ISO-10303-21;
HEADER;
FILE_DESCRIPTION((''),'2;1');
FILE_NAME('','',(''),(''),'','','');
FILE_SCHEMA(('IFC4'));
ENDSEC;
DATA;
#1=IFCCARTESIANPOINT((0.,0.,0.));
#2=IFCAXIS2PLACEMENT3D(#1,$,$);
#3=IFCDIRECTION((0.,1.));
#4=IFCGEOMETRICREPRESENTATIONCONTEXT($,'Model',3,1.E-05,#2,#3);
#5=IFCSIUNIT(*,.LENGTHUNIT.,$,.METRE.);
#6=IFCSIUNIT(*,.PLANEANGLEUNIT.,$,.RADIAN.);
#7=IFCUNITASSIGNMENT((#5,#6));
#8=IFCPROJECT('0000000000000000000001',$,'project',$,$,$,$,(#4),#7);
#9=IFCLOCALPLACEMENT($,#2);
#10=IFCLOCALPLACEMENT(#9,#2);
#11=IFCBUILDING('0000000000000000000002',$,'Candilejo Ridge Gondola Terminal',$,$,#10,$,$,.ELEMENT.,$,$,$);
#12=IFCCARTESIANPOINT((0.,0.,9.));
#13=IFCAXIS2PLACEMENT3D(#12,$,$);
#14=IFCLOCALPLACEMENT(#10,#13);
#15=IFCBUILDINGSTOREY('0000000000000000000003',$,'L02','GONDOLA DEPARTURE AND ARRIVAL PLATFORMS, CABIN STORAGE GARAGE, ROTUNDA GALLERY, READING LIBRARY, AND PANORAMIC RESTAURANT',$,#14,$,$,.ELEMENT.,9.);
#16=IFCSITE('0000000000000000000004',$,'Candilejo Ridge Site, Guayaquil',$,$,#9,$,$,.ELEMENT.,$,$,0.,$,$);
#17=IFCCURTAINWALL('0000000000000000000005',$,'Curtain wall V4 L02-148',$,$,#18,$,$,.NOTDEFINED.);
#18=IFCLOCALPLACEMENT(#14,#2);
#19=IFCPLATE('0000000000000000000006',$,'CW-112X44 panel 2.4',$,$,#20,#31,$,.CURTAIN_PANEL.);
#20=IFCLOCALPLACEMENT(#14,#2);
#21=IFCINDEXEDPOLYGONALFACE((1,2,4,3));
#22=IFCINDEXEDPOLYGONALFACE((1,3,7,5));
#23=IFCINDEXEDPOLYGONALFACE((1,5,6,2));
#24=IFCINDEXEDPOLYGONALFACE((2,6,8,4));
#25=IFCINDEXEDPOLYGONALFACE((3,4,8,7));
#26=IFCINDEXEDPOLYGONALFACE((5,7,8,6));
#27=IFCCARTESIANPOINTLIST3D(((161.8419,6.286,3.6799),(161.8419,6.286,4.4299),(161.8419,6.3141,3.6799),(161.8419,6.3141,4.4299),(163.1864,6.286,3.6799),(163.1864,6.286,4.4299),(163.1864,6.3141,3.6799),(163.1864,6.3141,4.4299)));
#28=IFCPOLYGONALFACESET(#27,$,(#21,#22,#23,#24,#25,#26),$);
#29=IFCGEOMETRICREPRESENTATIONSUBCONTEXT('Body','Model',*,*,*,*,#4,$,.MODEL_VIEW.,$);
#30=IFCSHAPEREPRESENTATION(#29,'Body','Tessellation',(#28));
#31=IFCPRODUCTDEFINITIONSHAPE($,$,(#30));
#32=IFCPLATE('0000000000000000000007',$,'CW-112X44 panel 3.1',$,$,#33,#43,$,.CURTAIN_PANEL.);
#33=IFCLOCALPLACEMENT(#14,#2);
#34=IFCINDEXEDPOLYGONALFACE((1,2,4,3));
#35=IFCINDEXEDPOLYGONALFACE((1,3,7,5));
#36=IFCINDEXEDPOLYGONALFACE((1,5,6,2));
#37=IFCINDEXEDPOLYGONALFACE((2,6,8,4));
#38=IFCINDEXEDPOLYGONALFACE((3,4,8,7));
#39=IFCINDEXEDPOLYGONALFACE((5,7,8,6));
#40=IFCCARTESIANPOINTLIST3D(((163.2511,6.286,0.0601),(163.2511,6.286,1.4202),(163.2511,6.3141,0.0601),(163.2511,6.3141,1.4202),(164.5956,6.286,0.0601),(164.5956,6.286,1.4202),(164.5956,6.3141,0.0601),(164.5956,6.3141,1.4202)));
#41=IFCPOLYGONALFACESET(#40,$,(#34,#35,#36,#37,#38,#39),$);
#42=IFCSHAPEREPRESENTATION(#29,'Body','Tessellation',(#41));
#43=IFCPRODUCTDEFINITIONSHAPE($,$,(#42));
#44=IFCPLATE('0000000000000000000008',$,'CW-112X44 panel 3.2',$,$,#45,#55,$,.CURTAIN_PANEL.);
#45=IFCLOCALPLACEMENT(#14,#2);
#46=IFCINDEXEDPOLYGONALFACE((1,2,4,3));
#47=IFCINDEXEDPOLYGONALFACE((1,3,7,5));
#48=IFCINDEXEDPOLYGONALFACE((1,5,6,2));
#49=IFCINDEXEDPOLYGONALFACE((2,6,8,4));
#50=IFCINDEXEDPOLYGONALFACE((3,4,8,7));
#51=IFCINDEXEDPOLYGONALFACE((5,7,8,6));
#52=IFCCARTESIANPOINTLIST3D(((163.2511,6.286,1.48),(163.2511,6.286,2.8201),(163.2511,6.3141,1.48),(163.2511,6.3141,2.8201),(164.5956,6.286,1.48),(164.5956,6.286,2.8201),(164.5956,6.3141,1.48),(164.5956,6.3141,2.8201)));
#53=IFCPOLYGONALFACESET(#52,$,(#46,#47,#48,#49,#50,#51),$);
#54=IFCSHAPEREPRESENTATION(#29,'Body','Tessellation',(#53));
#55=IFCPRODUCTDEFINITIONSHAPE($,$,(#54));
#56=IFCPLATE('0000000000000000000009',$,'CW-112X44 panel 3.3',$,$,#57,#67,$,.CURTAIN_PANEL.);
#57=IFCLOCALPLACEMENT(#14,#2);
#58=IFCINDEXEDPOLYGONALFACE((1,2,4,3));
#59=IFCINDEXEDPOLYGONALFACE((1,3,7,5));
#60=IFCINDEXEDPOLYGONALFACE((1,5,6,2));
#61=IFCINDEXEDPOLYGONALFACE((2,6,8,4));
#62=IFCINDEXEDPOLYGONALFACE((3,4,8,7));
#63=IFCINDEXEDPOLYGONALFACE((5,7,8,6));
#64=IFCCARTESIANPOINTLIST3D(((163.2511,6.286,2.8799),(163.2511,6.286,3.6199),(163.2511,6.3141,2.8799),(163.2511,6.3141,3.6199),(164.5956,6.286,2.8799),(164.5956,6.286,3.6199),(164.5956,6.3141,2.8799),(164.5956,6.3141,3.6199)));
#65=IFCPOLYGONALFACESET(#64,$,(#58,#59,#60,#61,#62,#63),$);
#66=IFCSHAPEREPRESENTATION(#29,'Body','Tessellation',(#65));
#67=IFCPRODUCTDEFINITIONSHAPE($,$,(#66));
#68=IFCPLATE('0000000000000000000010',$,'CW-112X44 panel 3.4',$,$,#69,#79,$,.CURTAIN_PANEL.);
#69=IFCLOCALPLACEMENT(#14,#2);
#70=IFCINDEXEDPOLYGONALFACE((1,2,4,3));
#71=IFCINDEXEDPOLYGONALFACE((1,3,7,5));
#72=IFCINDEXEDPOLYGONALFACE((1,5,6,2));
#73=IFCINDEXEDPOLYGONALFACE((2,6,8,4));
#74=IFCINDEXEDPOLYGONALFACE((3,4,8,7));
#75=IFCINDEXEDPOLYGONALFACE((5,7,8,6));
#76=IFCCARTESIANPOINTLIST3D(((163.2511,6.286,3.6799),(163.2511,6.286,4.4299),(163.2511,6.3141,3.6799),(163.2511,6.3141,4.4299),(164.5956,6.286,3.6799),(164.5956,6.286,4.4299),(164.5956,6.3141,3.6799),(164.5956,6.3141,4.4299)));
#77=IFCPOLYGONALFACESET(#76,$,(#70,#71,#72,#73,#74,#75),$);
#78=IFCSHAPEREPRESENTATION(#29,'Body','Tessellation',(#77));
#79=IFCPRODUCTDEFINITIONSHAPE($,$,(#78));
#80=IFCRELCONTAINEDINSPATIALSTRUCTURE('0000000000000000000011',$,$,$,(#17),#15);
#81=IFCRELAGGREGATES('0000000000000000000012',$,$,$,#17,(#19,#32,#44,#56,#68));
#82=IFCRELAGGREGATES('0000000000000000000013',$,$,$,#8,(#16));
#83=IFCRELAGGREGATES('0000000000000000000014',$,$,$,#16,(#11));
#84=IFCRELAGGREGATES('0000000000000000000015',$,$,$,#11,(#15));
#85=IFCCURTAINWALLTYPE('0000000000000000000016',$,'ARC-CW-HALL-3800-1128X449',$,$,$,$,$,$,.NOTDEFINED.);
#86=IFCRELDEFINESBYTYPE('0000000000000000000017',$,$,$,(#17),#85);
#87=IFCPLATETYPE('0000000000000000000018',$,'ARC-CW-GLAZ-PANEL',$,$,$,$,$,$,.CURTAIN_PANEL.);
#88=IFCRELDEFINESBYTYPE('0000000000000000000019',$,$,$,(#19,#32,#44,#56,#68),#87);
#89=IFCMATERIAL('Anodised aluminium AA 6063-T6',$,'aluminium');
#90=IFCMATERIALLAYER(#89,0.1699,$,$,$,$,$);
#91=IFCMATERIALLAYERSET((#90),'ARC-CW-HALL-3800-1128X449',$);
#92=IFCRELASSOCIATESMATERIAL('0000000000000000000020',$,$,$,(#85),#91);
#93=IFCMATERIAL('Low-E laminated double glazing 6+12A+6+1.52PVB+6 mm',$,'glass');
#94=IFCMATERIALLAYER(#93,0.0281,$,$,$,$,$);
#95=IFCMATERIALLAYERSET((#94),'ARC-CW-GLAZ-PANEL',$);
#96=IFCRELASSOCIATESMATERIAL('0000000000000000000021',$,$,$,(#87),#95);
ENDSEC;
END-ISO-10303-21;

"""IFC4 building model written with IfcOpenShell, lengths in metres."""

from ifc_helpers import new_model, si_unit, direction, frame, origin, origin_2d, place, context, subcontext, project, spatial, rectangle, extrude, material, layer, layer_set, type_object, element, aggregate, save


model = new_model("IFC4")

# Units and contexts
model_context = context("Model", 3, precision=1e-05, world=origin(), true_north=direction((0.0, 1.0)))
body_context = subcontext(model_context, "Body", "Model", "MODEL_VIEW")
ifc_project = project(units=[si_unit("LENGTHUNIT", "METRE"), si_unit("PLANEANGLEUNIT", "RADIAN")], contexts=[model_context])

# Site, building, storey
site_placement = place(None, origin())
site = spatial("IfcSite", under=ifc_project, at=site_placement, Name="Candilejo Ridge Site, Guayaquil", CompositionType="ELEMENT", RefElevation=0.0)
building_placement = place(site_placement, origin())
building = spatial("IfcBuilding", under=site, at=building_placement, Name="Candilejo Ridge Gondola Terminal", CompositionType="ELEMENT")
storey_placement = place(building_placement, frame((0.0, 0.0, 9.0)))
storey = spatial("IfcBuildingStorey", under=building, at=storey_placement, Name="L02", Description="GONDOLA DEPARTURE AND ARRIVAL PLATFORMS, CABIN STORAGE GARAGE, ROTUNDA GALLERY, READING LIBRARY, AND PANORAMIC RESTAURANT", CompositionType="ELEMENT", Elevation=9.0)

# Curtain wall, plates
ifc_material_1 = material(Name="Anodised aluminium AA 6063-T6", Category="aluminium")
ifc_layer_1 = layer(ifc_material_1, 0.1699)
ifc_layer_set_1 = layer_set([ifc_layer_1], Name="ARC-CW-HALL-3800-1128X449")
curtain_wall_type = type_object("IfcCurtainWallType", Name="ARC-CW-HALL-3800-1128X449", PredefinedType="NOTDEFINED", material=ifc_layer_set_1)
curtain_wall_placement = place(storey_placement, origin())
curtain_wall = element("IfcCurtainWall", 1, at=curtain_wall_placement, inside=storey, type_object=curtain_wall_type, Name="Curtain wall V4 L02-148", PredefinedType="NOTDEFINED")
ifc_material_2 = material(Name="Low-E laminated double glazing 6+12A+6+1.52PVB+6 mm", Category="glass")
ifc_layer_2 = layer(ifc_material_2, 0.0281)
ifc_layer_set_2 = layer_set([ifc_layer_2], Name="ARC-CW-GLAZ-PANEL")
plate_type = type_object("IfcPlateType", Name="ARC-CW-GLAZ-PANEL", PredefinedType="CURTAIN_PANEL", material=ifc_layer_set_2)
plate_1_placement = place(storey_placement, frame((162.5142, 6.3, 3.6799), z_axis=(0.0, 0.0, 1.0), x_axis=(1.0, 0.0, 0.0)))
plate_1 = element("IfcPlate", 2, at=plate_1_placement, type_object=plate_type, Name="CW-112X44 panel 2.4", PredefinedType="CURTAIN_PANEL", context=body_context, shape_type="SweptSolid", body=[
    extrude(rectangle(XDim=1.3445, YDim=0.0281, at=origin_2d()), origin(), (0.0, 0.0, 1.0), 0.75),
])
plate_2_placement = place(storey_placement, frame((163.9233, 6.3, 0.0601), z_axis=(0.0, 0.0, 1.0), x_axis=(1.0, 0.0, 0.0)))
plate_2 = element("IfcPlate", 3, at=plate_2_placement, type_object=plate_type, Name="CW-112X44 panel 3.1", PredefinedType="CURTAIN_PANEL", context=body_context, shape_type="SweptSolid", body=[
    extrude(rectangle(XDim=1.3445, YDim=0.0281, at=origin_2d()), origin(), (0.0, 0.0, 1.0), 1.3601),
])
plate_3_placement = place(storey_placement, frame((163.9233, 6.3, 1.48), z_axis=(0.0, 0.0, 1.0), x_axis=(1.0, 0.0, 0.0)))
plate_3 = element("IfcPlate", 4, at=plate_3_placement, type_object=plate_type, Name="CW-112X44 panel 3.2", PredefinedType="CURTAIN_PANEL", context=body_context, shape_type="SweptSolid", body=[
    extrude(rectangle(XDim=1.3445, YDim=0.0281, at=origin_2d()), origin(), (0.0, 0.0, 1.0), 1.3401),
])
plate_4_placement = place(storey_placement, frame((163.9233, 6.3, 2.8799), z_axis=(0.0, 0.0, 1.0), x_axis=(1.0, 0.0, 0.0)))
plate_4 = element("IfcPlate", 5, at=plate_4_placement, type_object=plate_type, Name="CW-112X44 panel 3.3", PredefinedType="CURTAIN_PANEL", context=body_context, shape_type="SweptSolid", body=[
    extrude(rectangle(XDim=1.3445, YDim=0.0281, at=origin_2d()), origin(), (0.0, 0.0, 1.0), 0.74),
])
plate_5_placement = place(storey_placement, frame((163.9233, 6.3, 3.6799), z_axis=(0.0, 0.0, 1.0), x_axis=(1.0, 0.0, 0.0)))
plate_5 = element("IfcPlate", 6, at=plate_5_placement, type_object=plate_type, Name="CW-112X44 panel 3.4", PredefinedType="CURTAIN_PANEL", context=body_context, shape_type="SweptSolid", body=[
    extrude(rectangle(XDim=1.3445, YDim=0.0281, at=origin_2d()), origin(), (0.0, 0.0, 1.0), 0.75),
])
aggregate(curtain_wall, [plate_1, plate_2, plate_3, plate_4, plate_5])

save(model, "model.ifc")
